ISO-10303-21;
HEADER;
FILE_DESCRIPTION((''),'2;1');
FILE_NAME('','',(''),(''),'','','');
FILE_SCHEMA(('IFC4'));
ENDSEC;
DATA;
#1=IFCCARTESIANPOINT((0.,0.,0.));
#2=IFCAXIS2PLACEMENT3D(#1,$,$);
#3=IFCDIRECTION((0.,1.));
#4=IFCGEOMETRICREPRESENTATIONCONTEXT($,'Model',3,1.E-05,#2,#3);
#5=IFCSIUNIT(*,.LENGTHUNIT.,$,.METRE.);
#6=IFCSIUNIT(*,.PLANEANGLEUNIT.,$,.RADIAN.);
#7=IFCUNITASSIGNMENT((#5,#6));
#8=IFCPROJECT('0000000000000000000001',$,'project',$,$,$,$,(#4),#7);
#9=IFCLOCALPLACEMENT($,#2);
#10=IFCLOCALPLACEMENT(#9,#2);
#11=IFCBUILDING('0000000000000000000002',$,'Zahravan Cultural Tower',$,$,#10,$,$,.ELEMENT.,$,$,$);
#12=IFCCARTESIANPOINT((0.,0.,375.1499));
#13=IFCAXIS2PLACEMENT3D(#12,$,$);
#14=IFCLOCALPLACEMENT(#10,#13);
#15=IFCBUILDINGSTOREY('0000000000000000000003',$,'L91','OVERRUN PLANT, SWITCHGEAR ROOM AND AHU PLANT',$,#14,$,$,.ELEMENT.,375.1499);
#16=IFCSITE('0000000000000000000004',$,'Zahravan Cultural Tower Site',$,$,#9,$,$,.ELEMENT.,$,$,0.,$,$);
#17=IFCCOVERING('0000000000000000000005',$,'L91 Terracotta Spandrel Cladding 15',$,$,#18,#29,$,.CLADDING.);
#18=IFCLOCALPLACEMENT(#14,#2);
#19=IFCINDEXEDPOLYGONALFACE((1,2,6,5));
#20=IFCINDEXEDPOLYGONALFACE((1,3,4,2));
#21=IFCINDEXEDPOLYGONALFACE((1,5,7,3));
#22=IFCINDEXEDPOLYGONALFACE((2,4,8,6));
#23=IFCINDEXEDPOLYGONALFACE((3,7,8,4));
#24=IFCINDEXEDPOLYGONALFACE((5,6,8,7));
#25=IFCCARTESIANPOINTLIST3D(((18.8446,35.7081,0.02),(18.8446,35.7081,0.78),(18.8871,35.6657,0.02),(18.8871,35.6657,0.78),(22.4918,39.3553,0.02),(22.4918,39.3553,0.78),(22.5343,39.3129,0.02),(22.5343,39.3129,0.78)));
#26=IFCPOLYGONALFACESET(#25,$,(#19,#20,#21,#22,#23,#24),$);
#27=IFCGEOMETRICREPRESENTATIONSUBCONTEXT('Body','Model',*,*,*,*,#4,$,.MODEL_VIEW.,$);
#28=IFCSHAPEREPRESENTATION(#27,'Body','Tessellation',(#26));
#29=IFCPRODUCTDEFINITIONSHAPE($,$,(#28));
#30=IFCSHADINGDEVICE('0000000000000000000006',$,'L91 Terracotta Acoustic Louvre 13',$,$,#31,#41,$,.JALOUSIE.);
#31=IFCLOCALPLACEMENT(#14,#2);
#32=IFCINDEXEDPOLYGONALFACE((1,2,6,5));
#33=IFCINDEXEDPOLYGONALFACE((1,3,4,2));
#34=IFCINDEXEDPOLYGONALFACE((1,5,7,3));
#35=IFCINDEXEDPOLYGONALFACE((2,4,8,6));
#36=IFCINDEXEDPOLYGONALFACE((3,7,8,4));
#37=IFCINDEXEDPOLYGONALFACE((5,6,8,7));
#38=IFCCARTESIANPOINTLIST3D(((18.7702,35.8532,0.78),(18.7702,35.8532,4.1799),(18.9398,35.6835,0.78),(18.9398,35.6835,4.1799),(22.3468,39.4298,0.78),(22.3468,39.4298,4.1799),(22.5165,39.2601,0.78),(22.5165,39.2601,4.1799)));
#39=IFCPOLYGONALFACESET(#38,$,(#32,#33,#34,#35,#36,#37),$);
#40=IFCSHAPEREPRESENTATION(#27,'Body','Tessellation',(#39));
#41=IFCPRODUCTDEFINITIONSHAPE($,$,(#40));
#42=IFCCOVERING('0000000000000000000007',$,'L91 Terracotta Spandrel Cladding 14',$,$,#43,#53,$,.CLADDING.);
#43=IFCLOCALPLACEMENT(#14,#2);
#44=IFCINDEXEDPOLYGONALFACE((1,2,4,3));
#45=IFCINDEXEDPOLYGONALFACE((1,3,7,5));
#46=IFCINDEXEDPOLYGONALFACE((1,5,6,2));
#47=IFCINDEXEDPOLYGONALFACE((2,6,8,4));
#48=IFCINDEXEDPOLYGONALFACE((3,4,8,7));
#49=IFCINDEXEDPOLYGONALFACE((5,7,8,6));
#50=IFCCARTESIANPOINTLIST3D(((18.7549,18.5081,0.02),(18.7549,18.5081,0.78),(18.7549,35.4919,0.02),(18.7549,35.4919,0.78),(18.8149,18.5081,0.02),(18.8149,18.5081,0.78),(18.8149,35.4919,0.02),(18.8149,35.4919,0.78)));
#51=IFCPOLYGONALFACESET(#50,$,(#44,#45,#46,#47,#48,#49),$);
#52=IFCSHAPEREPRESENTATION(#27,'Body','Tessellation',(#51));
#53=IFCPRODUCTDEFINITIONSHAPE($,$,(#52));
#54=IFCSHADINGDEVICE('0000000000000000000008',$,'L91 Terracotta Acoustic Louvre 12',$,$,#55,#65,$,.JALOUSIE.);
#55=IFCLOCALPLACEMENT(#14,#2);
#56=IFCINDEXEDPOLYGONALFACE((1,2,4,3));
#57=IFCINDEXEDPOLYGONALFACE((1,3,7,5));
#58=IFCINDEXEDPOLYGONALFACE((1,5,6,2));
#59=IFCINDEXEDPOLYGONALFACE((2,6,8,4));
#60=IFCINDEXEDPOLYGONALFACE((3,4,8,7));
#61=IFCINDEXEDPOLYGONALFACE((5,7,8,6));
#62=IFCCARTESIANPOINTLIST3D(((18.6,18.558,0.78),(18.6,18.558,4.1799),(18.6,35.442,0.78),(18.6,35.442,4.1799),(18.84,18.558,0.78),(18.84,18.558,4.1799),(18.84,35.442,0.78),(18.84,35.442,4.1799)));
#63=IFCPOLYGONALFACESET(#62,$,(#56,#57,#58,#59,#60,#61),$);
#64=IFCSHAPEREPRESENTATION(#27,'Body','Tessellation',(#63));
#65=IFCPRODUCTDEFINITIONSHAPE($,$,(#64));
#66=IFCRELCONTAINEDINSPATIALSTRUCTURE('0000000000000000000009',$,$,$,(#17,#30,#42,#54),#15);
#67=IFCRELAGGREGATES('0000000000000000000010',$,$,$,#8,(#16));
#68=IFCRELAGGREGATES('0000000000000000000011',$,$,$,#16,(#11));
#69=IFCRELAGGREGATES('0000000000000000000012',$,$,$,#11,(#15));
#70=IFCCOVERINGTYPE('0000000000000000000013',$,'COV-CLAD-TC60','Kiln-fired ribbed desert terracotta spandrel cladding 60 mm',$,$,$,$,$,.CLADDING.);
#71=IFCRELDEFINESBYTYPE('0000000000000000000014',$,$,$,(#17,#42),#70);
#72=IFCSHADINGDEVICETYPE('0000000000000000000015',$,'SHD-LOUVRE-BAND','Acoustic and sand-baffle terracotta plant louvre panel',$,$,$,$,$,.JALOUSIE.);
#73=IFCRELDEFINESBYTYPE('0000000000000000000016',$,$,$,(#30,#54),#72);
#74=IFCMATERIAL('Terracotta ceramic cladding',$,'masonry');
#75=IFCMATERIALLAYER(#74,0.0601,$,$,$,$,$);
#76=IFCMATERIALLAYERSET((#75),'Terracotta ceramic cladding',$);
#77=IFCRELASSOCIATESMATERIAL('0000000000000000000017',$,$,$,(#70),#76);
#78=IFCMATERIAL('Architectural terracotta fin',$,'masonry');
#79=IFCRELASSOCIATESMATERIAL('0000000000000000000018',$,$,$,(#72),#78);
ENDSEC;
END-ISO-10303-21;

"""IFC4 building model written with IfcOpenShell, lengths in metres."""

from ifc_helpers import new_model, si_unit, direction, frame, origin, origin_2d, place, context, subcontext, project, spatial, rectangle, extrude, source, transform, mapped, material, layer, layer_set, type_object, element, save


model = new_model("IFC4")

# Units and contexts
model_context = context("Model", 3, precision=1e-05, world=origin(), true_north=direction((0.0, 1.0)))
body_context = subcontext(model_context, "Body", "Model", "MODEL_VIEW")
ifc_project = project(units=[si_unit("LENGTHUNIT", "METRE"), si_unit("PLANEANGLEUNIT", "RADIAN")], contexts=[model_context])

# Site, building, storey
site_placement = place(None, origin())
site = spatial("IfcSite", under=ifc_project, at=site_placement, Name="Zahravan Cultural Tower Site", CompositionType="ELEMENT", RefElevation=0.0)
building_placement = place(site_placement, origin())
building = spatial("IfcBuilding", under=site, at=building_placement, Name="Zahravan Cultural Tower", CompositionType="ELEMENT")
storey_placement = place(building_placement, frame((0.0, 0.0, 375.1499)))
storey = spatial("IfcBuildingStorey", under=building, at=storey_placement, Name="L91", Description="OVERRUN PLANT, SWITCHGEAR ROOM AND AHU PLANT", CompositionType="ELEMENT", Elevation=375.1499)

# Covering
ifc_material_1 = material(Name="Terracotta ceramic cladding", Category="masonry")
ifc_layer_1 = layer(ifc_material_1, 0.0601)
ifc_layer_set_1 = layer_set([ifc_layer_1], Name="Terracotta ceramic cladding")
covering_type = type_object("IfcCoveringType", Name="COV-CLAD-TC60", Description="Kiln-fired ribbed desert terracotta spandrel cladding 60 mm", PredefinedType="CLADDING", material=ifc_layer_set_1)
shared_shape_1 = source(origin(), body_context, "Body", "SweptSolid", [
    extrude(rectangle(XDim=5.158, YDim=0.0601, at=origin_2d()), origin(), (0.0, 0.0, 1.0), 0.76),
])
covering_1_placement = place(storey_placement, frame((20.6895, 37.5105, 0.02), z_axis=(0.0, 0.0, 1.0), x_axis=(0.707107, 0.707107, 0.0)))
element("IfcCovering", 1, at=covering_1_placement, inside=storey, type_object=covering_type, Name="L91 Terracotta Spandrel Cladding 15", PredefinedType="CLADDING", context=body_context, shape_type="MappedRepresentation", body=[
    mapped(shared_shape_1, transform((0.0, 0.0, 0.0), x_axis=(1.0, 0.0, 0.0), y_axis=(0.0, 1.0, 0.0), z_axis=(0.0, 0.0, 1.0), scale=1.0)),
])

# Shading device
ifc_material_2 = material(Name="Architectural terracotta fin", Category="masonry")
shading_device_type = type_object("IfcShadingDeviceType", Name="SHD-LOUVRE-BAND", Description="Acoustic and sand-baffle terracotta plant louvre panel", PredefinedType="JALOUSIE", material=ifc_material_2)
shared_shape_2 = source(origin(), body_context, "Body", "SweptSolid", [
    extrude(rectangle(XDim=5.0581, YDim=0.24, at=origin_2d()), origin(), (0.0, 0.0, 1.0), 3.3999),
])
shading_device_1_placement = place(storey_placement, frame((20.6433, 37.5566, 0.78), z_axis=(0.0, 0.0, 1.0), x_axis=(0.707107, 0.707107, 0.0)))
element("IfcShadingDevice", 2, at=shading_device_1_placement, inside=storey, type_object=shading_device_type, Name="L91 Terracotta Acoustic Louvre 13", PredefinedType="JALOUSIE", context=body_context, shape_type="MappedRepresentation", body=[
    mapped(shared_shape_2, transform((0.0, 0.0, 0.0), x_axis=(1.0, 0.0, 0.0), y_axis=(0.0, 1.0, 0.0), z_axis=(0.0, 0.0, 1.0), scale=1.0)),
])

# Covering
shared_shape_3 = source(origin(), body_context, "Body", "SweptSolid", [
    extrude(rectangle(XDim=16.9839, YDim=0.0601, at=origin_2d()), origin(), (0.0, 0.0, 1.0), 0.76),
])
covering_2_placement = place(storey_placement, frame((18.7849, 27.0, 0.02), z_axis=(0.0, 0.0, 1.0), x_axis=(0.0, 1.0, 0.0)))
element("IfcCovering", 3, at=covering_2_placement, inside=storey, type_object=covering_type, Name="L91 Terracotta Spandrel Cladding 14", PredefinedType="CLADDING", context=body_context, shape_type="MappedRepresentation", body=[
    mapped(shared_shape_3, transform((0.0, 0.0, 0.0), x_axis=(1.0, 0.0, 0.0), y_axis=(0.0, 1.0, 0.0), z_axis=(0.0, 0.0, 1.0), scale=1.0)),
])

# Shading device
shared_shape_4 = source(origin(), body_context, "Body", "SweptSolid", [
    extrude(rectangle(XDim=16.884, YDim=0.24, at=origin_2d()), origin(), (0.0, 0.0, 1.0), 3.3999),
])
shading_device_2_placement = place(storey_placement, frame((18.72, 27.0, 0.78), z_axis=(0.0, 0.0, 1.0), x_axis=(0.0, 1.0, 0.0)))
element("IfcShadingDevice", 4, at=shading_device_2_placement, inside=storey, type_object=shading_device_type, Name="L91 Terracotta Acoustic Louvre 12", PredefinedType="JALOUSIE", context=body_context, shape_type="MappedRepresentation", body=[
    mapped(shared_shape_4, transform((0.0, 0.0, 0.0), x_axis=(1.0, 0.0, 0.0), y_axis=(0.0, 1.0, 0.0), z_axis=(0.0, 0.0, 1.0), scale=1.0)),
])

save(model, "model.ifc")
